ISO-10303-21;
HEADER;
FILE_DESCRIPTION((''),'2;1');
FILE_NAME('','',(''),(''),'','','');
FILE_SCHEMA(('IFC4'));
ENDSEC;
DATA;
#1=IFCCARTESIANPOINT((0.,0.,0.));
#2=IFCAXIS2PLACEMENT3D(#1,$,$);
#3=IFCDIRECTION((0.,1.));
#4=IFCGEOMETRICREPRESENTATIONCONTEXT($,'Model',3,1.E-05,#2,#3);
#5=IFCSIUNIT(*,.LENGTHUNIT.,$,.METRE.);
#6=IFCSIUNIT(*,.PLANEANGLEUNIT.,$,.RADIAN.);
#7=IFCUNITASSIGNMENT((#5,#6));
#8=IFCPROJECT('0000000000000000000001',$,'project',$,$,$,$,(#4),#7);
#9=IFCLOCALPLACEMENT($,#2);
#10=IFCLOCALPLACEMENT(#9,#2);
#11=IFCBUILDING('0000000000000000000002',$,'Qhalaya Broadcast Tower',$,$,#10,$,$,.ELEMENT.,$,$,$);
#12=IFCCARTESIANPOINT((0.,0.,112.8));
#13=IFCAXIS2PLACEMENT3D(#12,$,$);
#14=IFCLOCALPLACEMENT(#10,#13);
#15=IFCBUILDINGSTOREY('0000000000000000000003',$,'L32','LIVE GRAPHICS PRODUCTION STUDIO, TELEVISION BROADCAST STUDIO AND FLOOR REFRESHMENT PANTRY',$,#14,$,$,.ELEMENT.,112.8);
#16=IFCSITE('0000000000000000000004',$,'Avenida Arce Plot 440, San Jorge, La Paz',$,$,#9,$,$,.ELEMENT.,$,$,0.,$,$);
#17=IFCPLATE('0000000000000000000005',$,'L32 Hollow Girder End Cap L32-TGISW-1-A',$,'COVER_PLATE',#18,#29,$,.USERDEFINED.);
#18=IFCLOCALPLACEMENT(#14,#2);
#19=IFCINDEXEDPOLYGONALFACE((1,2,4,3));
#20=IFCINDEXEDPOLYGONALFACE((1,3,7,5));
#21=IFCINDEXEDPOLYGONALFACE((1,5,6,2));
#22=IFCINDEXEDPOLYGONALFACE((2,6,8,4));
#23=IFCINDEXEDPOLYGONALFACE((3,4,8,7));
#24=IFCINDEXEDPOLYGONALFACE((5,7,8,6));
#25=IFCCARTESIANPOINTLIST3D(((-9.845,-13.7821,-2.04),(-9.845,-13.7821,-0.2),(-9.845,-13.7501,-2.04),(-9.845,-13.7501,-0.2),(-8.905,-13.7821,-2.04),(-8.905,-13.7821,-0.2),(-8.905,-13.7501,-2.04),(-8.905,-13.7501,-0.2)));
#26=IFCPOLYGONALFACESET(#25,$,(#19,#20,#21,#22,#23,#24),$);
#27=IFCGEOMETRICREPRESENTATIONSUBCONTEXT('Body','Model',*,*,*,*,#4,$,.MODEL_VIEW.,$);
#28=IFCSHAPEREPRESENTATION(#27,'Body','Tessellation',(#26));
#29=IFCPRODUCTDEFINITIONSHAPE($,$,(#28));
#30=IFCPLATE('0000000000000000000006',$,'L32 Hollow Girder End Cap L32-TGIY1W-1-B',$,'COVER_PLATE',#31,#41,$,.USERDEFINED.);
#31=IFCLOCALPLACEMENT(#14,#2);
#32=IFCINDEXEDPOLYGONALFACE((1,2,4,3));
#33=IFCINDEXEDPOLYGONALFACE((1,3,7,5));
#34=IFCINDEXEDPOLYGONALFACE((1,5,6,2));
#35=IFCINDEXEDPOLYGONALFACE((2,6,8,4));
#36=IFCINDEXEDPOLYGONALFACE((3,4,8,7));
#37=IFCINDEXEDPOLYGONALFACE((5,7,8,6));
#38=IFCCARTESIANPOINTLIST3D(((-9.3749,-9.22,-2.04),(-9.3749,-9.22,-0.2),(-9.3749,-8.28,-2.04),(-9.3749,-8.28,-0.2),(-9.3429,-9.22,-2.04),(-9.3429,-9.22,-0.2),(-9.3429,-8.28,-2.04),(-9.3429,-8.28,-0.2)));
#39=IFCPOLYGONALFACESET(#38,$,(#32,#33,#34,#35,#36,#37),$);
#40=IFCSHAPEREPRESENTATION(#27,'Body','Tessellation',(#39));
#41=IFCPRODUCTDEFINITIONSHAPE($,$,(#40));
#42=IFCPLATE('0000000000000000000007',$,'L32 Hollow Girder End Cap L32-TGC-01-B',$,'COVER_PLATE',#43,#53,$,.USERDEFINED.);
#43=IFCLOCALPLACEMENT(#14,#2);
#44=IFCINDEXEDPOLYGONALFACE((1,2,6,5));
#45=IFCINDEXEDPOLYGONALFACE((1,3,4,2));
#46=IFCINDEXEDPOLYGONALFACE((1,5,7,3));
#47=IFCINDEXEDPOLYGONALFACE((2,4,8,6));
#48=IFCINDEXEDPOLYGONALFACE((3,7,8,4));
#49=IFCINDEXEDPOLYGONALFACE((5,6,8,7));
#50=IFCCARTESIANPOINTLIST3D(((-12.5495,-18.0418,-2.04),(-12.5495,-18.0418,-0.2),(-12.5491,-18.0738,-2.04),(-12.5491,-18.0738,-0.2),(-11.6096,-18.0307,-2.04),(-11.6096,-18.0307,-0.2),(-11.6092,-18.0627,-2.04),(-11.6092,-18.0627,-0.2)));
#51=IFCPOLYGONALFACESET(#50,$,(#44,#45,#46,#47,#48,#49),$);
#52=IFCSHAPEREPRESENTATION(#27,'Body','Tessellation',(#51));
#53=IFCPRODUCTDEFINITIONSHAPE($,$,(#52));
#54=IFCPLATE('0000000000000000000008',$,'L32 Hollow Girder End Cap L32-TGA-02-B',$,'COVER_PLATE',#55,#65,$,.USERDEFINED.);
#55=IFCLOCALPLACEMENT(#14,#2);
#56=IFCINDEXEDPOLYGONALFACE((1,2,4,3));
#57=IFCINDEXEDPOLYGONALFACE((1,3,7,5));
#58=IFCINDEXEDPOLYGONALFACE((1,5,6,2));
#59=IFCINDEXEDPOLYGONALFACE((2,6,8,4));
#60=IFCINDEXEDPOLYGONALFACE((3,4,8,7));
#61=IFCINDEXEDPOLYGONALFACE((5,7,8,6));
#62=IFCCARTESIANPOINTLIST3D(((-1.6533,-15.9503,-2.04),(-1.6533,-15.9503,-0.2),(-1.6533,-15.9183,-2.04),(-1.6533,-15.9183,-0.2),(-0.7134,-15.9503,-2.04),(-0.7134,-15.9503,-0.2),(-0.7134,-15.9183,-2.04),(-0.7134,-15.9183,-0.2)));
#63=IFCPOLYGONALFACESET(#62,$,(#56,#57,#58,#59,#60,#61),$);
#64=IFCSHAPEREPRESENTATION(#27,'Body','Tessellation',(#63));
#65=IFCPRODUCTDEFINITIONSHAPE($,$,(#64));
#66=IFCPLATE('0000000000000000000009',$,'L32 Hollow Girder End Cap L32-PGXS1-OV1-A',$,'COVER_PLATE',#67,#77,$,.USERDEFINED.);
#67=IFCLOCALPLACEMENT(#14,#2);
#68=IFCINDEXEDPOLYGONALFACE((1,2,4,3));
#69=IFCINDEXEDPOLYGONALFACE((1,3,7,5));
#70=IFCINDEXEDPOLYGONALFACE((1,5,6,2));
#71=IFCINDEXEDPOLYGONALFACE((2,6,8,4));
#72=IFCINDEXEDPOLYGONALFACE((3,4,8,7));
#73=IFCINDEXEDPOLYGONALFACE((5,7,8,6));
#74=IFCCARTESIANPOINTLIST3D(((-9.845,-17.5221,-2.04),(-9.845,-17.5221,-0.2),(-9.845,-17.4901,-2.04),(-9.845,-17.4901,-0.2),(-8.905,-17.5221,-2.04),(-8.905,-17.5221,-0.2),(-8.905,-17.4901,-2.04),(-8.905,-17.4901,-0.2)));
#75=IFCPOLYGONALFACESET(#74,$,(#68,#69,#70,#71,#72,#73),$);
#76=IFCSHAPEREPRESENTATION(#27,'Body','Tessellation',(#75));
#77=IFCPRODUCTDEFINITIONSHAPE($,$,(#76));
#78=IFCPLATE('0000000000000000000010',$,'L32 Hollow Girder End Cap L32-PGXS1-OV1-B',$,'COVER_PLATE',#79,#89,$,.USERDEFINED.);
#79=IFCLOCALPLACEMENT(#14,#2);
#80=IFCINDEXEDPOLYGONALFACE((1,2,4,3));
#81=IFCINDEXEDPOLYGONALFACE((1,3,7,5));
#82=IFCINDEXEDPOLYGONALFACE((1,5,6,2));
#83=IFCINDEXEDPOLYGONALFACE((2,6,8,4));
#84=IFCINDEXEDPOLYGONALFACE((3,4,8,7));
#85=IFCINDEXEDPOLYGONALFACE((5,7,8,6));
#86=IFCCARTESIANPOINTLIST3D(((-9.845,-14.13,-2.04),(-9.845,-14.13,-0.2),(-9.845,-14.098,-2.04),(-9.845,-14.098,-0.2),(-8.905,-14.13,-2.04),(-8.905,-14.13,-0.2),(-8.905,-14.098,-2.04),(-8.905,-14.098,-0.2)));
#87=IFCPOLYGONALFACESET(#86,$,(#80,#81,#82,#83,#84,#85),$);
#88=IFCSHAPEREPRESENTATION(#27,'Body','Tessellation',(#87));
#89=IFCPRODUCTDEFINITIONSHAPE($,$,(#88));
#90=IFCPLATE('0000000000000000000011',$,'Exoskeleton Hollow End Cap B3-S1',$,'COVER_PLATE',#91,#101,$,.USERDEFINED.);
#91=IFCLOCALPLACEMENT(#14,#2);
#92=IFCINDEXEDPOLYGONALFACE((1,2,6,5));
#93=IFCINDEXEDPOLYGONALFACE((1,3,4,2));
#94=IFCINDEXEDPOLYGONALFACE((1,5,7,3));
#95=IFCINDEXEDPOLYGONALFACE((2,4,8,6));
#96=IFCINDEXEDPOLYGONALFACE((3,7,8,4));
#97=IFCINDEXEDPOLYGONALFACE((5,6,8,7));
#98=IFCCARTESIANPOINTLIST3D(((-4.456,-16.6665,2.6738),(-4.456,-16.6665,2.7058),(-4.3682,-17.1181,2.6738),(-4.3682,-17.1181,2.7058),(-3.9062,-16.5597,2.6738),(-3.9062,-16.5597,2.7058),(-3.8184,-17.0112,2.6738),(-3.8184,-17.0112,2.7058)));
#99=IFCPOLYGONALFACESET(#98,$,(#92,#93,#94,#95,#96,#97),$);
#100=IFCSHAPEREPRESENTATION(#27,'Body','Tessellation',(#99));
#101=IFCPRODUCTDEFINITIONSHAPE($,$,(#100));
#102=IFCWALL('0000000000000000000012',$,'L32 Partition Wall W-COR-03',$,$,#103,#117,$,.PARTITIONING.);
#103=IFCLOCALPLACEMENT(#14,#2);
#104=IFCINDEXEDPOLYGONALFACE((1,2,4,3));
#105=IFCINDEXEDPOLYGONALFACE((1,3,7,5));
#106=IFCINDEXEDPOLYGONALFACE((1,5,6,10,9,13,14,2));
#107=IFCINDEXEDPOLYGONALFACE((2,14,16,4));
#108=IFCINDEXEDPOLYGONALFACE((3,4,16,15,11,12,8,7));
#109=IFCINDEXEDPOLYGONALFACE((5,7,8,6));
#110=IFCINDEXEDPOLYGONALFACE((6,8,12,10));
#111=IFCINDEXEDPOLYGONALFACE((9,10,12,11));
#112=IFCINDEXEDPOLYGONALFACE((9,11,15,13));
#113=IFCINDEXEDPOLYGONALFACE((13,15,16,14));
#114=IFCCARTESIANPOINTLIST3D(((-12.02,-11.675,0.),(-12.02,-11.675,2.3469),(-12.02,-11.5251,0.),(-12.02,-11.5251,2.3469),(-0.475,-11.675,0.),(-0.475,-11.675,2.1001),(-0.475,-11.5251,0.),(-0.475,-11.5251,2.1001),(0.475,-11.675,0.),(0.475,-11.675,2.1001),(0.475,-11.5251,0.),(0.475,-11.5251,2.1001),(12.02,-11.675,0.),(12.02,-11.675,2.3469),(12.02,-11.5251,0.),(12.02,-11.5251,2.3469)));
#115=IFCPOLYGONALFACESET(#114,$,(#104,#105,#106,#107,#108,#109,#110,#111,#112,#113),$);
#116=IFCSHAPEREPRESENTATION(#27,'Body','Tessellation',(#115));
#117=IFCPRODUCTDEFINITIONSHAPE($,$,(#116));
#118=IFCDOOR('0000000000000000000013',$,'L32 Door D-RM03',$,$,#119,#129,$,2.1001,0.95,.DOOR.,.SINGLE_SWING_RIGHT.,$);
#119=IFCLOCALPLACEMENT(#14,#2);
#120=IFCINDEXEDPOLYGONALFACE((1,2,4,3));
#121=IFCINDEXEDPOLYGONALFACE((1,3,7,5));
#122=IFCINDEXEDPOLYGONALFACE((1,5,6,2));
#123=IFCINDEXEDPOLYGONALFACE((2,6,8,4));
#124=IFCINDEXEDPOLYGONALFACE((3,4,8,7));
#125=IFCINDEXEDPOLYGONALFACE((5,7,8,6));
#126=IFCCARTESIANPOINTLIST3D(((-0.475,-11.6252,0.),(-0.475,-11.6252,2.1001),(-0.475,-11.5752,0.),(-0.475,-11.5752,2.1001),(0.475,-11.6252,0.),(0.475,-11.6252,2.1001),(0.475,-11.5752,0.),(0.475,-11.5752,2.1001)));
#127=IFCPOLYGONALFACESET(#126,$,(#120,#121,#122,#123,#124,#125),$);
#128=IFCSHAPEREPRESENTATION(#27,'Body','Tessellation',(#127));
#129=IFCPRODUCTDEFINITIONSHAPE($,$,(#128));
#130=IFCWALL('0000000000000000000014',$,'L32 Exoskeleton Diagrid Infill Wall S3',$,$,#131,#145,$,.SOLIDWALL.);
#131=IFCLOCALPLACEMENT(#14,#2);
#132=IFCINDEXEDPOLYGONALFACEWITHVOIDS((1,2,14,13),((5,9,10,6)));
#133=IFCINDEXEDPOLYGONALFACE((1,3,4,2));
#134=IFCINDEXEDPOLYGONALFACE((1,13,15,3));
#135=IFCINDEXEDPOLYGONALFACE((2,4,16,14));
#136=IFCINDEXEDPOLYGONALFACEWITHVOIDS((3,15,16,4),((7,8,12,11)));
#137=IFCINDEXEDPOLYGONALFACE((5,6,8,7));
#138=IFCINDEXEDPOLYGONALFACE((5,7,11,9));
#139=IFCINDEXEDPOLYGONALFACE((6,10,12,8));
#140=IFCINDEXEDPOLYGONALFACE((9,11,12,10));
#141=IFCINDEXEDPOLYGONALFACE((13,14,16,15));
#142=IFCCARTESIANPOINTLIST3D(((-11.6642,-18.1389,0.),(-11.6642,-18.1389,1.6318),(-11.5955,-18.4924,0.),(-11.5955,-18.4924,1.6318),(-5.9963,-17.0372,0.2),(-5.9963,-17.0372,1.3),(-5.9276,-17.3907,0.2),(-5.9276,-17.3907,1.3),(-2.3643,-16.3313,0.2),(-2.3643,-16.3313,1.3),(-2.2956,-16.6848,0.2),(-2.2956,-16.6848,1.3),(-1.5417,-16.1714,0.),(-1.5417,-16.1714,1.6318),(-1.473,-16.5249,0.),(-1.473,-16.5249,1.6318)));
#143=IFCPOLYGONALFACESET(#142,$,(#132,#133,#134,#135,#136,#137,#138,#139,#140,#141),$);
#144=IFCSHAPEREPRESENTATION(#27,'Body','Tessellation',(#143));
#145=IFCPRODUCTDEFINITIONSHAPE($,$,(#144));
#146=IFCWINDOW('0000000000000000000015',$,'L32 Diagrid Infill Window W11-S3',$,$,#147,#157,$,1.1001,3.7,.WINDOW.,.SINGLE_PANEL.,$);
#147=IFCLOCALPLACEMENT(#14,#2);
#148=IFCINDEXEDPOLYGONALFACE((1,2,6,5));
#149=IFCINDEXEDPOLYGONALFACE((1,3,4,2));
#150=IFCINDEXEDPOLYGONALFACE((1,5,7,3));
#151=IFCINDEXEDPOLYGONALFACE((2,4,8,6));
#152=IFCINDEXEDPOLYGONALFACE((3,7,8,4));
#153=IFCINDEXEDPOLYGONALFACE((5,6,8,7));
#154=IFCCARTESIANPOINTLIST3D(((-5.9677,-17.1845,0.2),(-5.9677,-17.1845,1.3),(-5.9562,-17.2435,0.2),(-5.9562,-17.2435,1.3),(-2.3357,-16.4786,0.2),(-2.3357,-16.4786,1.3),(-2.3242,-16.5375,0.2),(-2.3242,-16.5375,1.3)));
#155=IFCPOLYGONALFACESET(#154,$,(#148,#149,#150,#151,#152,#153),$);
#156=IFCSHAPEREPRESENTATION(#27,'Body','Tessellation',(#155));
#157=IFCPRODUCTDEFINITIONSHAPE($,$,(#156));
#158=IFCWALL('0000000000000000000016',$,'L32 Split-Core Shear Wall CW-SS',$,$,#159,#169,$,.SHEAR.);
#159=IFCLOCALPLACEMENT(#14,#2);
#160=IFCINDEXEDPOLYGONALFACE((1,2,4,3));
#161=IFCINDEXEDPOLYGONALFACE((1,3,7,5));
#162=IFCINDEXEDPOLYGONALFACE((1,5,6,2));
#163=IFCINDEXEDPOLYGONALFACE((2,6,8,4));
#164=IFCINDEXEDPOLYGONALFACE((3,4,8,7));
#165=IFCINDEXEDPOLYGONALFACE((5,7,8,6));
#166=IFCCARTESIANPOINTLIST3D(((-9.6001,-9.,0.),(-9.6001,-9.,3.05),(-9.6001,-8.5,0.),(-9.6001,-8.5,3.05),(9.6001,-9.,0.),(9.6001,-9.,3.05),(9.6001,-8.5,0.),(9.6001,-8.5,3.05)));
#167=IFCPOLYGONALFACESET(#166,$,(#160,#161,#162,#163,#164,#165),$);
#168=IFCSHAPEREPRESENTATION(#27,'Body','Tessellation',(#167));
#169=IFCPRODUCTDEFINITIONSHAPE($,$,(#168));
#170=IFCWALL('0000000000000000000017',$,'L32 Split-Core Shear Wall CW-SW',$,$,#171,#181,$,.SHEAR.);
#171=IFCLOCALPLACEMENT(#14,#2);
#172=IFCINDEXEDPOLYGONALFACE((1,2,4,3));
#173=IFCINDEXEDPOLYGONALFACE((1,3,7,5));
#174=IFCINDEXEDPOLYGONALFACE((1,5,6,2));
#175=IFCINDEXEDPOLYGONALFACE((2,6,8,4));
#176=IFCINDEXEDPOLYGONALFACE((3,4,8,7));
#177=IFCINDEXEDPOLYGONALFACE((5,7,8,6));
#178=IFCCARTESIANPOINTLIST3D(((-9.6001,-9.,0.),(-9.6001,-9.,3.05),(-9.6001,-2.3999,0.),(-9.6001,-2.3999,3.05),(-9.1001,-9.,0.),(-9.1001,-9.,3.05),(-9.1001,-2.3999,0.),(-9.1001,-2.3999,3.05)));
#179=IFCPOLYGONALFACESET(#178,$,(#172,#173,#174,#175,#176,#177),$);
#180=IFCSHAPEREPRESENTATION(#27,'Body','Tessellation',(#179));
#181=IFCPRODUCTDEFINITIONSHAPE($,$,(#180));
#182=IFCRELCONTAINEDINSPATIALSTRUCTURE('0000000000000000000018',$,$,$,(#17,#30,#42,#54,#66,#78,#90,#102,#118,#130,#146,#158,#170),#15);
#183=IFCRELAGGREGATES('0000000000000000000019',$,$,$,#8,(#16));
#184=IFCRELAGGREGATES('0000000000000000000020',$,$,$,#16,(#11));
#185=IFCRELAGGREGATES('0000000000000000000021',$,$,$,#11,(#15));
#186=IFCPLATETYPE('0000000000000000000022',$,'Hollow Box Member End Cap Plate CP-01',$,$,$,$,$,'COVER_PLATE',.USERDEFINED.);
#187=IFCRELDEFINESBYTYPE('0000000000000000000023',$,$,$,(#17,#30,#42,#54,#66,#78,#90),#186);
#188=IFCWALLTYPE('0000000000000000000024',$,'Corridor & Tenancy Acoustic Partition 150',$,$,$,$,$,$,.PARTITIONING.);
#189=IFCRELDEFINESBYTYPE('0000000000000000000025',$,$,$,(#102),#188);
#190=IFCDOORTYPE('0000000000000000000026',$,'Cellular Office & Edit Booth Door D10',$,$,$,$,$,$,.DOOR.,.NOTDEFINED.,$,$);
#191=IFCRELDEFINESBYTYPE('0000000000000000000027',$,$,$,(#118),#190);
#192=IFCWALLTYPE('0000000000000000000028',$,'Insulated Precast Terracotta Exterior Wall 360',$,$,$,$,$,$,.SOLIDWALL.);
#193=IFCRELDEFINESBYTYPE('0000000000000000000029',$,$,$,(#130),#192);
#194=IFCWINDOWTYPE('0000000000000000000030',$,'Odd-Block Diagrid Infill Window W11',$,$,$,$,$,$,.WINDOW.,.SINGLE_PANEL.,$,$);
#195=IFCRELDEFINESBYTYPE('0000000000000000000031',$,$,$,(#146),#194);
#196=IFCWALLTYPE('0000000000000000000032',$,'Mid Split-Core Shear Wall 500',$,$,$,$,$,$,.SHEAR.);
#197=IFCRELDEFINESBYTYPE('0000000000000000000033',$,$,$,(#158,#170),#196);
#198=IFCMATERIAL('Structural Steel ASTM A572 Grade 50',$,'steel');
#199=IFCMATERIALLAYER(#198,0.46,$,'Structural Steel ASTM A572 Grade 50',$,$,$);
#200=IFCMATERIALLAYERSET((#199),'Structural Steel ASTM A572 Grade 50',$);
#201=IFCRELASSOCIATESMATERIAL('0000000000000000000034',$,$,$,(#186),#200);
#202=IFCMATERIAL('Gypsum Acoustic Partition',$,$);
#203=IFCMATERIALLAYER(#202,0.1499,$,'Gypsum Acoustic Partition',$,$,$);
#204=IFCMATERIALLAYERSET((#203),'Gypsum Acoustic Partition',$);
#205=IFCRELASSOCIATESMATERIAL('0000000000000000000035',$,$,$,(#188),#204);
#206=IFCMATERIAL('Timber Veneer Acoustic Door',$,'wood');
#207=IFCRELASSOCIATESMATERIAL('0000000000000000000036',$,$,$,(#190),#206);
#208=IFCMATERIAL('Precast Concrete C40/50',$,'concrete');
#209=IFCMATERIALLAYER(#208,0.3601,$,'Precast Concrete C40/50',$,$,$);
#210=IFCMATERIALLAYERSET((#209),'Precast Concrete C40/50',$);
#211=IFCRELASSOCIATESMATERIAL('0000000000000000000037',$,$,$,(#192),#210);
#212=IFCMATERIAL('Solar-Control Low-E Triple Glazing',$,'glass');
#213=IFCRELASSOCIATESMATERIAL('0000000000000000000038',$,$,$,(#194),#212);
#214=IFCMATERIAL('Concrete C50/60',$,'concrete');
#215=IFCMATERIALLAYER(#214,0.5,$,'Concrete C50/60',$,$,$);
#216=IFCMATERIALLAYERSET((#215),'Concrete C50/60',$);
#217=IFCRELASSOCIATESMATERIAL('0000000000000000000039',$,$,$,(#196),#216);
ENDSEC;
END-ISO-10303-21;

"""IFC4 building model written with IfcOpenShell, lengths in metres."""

from ifc_helpers import new_model, si_unit, direction, frame, frame_2d, origin, origin_2d, place, context, subcontext, project, spatial, rectangle, extrude, material, layer, layer_set, type_object, element, fill, save


model = new_model("IFC4")

# Units and contexts
model_context = context("Model", 3, precision=1e-05, world=origin(), true_north=direction((0.0, 1.0)))
body_context = subcontext(model_context, "Body", "Model", "MODEL_VIEW")
ifc_project = project(units=[si_unit("LENGTHUNIT", "METRE"), si_unit("PLANEANGLEUNIT", "RADIAN")], contexts=[model_context])

# Site, building, storey
site_placement = place(None, origin())
site = spatial("IfcSite", under=ifc_project, at=site_placement, Name="Avenida Arce Plot 440, San Jorge, La Paz", CompositionType="ELEMENT", RefElevation=0.0)
building_placement = place(site_placement, origin())
building = spatial("IfcBuilding", under=site, at=building_placement, Name="Qhalaya Broadcast Tower", CompositionType="ELEMENT")
storey_placement = place(building_placement, frame((0.0, 0.0, 112.8)))
storey = spatial("IfcBuildingStorey", under=building, at=storey_placement, Name="L32", Description="LIVE GRAPHICS PRODUCTION STUDIO, TELEVISION BROADCAST STUDIO AND FLOOR REFRESHMENT PANTRY", CompositionType="ELEMENT", Elevation=112.8)

# Shared definitions
ifc_material_1 = material(Name="Concrete C50/60", Category="concrete")

# Shared definitions
ifc_material_2 = material(Name="Structural Steel ASTM A572 Grade 50", Category="steel")

# Plates
ifc_layer_1 = layer(ifc_material_2, 0.46, Name="Structural Steel ASTM A572 Grade 50")
ifc_layer_set_1 = layer_set([ifc_layer_1], Name="Structural Steel ASTM A572 Grade 50")
plate_type_1 = type_object("IfcPlateType", Name="Hollow Box Member End Cap Plate CP-01", ElementType="COVER_PLATE", PredefinedType="USERDEFINED", material=ifc_layer_set_1)
for number, where, z_axis, x_axis, name in (
    (1, (-9.375, -13.7661, -2.04), (0.0, 0.0, 1.0), (-1.0, 0.0, 0.0), "L32 Hollow Girder End Cap L32-TGISW-1-A"),
    (2, (-9.3589, -8.75, -2.04), (0.0, 0.0, 1.0), (0.0, 1.0, 0.0), "L32 Hollow Girder End Cap L32-TGIY1W-1-B"),
    (3, (-12.0793, -18.0522, -2.04), (0.0, 0.0, 1.0), (0.999929, 0.011885, 0.0), "L32 Hollow Girder End Cap L32-TGC-01-B"),
    (4, (-1.1833, -15.9343, -2.04), (0.0, 0.0, 1.0), (1.0, 0.0, 0.0), "L32 Hollow Girder End Cap L32-TGA-02-B"),
    (5, (-9.375, -17.5061, -2.04), (0.0, 0.0, 1.0), (-1.0, 0.0, 0.0), "L32 Hollow Girder End Cap L32-PGXS1-OV1-A"),
    (6, (-9.375, -14.114, -2.04), (0.0, 0.0, 1.0), (-1.0, 0.0, 0.0), "L32 Hollow Girder End Cap L32-PGXS1-OV1-B"),
):
    element("IfcPlate", number, at=place(storey_placement, frame(where, z_axis=z_axis, x_axis=x_axis)), inside=storey, type_object=plate_type_1, Name=name, ObjectType="COVER_PLATE", PredefinedType="USERDEFINED", context=body_context, shape_type="SweptSolid", body=[
        extrude(rectangle(XDim=0.9399, YDim=0.032, at=origin_2d()), origin(), (0.0, 0.0, 1.0), 1.8401),
    ])
plate_1_placement = place(storey_placement, frame((-4.1372, -16.8389, 2.6738), z_axis=(0.0, 0.0, 1.0), x_axis=(0.981627, 0.190809, 0.0)))
element("IfcPlate", 7, at=plate_1_placement, inside=storey, type_object=plate_type_1, Name="Exoskeleton Hollow End Cap B3-S1", ObjectType="COVER_PLATE", PredefinedType="USERDEFINED", context=body_context, shape_type="SweptSolid", body=[
    extrude(rectangle(XDim=0.5601, YDim=0.46, at=origin_2d()), origin(), (0.0, 0.0, 1.0), 0.032),
])

# Wall, opening, door
ifc_material_3 = material(Name="Gypsum Acoustic Partition")
ifc_layer_2 = layer(ifc_material_3, 0.1499, Name="Gypsum Acoustic Partition")
ifc_layer_set_2 = layer_set([ifc_layer_2], Name="Gypsum Acoustic Partition")
wall_type_1 = type_object("IfcWallType", Name="Corridor & Tenancy Acoustic Partition 150", PredefinedType="PARTITIONING", material=ifc_layer_set_2)
wall_1_placement = place(storey_placement, frame((-12.02, -11.6001, 0.0), z_axis=(0.0, 0.0, 1.0), x_axis=(1.0, 0.0, 0.0)))
wall_1 = element("IfcWall", 8, at=wall_1_placement, inside=storey, type_object=wall_type_1, Name="L32 Partition Wall W-COR-03", PredefinedType="PARTITIONING", context=body_context, shape_type="SweptSolid", body=[
    extrude(rectangle(XDim=24.04, YDim=0.1499, at=frame_2d((12.02, 0.0))), origin(), (0.0, 0.0, 1.0), 2.3469),
])
opening_1_placement = place(wall_1_placement, frame((11.5449, 0.0, 0.0)))
opening_1 = element("IfcOpeningElement", 9, at=opening_1_placement, cuts=wall_1, PredefinedType="OPENING", context=body_context, shape_type="SweptSolid", body=[
    extrude(rectangle(XDim=0.95, YDim=2.1001, at=frame_2d((0.4751, 1.05))), frame((0.0, 0.0869, 0.0), z_axis=(0.0, -1.0, 0.0), x_axis=(1.0, 0.0, 0.0)), (0.0, 0.0, 1.0), 0.1738),
])
ifc_material_4 = material(Name="Timber Veneer Acoustic Door", Category="wood")
door_type = type_object("IfcDoorType", Name="Cellular Office & Edit Booth Door D10", OperationType="NOTDEFINED", PredefinedType="DOOR", material=ifc_material_4)
door_placement = place(opening_1_placement, origin())
door = element("IfcDoor", 10, at=door_placement, inside=storey, type_object=door_type, Name="L32 Door D-RM03", OperationType="SINGLE_SWING_RIGHT", OverallHeight=2.1001, OverallWidth=0.95, PredefinedType="DOOR", context=body_context, shape_type="SweptSolid", body=[
    extrude(rectangle(XDim=0.95, YDim=2.1001, at=frame_2d((0.4751, 1.05))), frame((0.0, 0.0249, 0.0), z_axis=(0.0, -1.0, 0.0), x_axis=(1.0, 0.0, 0.0)), (0.0, 0.0, 1.0), 0.05),
])
fill(opening_1, door)

# Wall, opening, window
ifc_material_5 = material(Name="Precast Concrete C40/50", Category="concrete")
ifc_layer_3 = layer(ifc_material_5, 0.3601, Name="Precast Concrete C40/50")
ifc_layer_set_3 = layer_set([ifc_layer_3], Name="Precast Concrete C40/50")
wall_type_2 = type_object("IfcWallType", Name="Insulated Precast Terracotta Exterior Wall 360", PredefinedType="SOLIDWALL", material=ifc_layer_set_3)
wall_2_placement = place(storey_placement, frame((-1.5073, -16.3481, 0.0), z_axis=(0.0, 0.0, 1.0), x_axis=(-0.981629, -0.1908, 0.0)))
wall_2 = element("IfcWall", 11, at=wall_2_placement, inside=storey, type_object=wall_type_2, Name="L32 Exoskeleton Diagrid Infill Wall S3", PredefinedType="SOLIDWALL", context=body_context, shape_type="SweptSolid", body=[
    extrude(rectangle(XDim=10.312, YDim=0.3601, at=frame_2d((5.156, 0.0))), origin(), (0.0, 0.0, 1.0), 1.6318),
])
opening_2_placement = place(wall_2_placement, frame((0.8379, 0.0, 0.2)))
opening_2 = element("IfcOpeningElement", 12, at=opening_2_placement, cuts=wall_2, PredefinedType="OPENING", context=body_context, shape_type="SweptSolid", body=[
    extrude(rectangle(XDim=3.7, YDim=1.1001, at=frame_2d((1.8501, 0.55))), frame((0.0, 0.1921, 0.0), z_axis=(0.0, -1.0, 0.0), x_axis=(1.0, 0.0, 0.0)), (0.0, 0.0, 1.0), 0.384),
])
ifc_material_6 = material(Name="Solar-Control Low-E Triple Glazing", Category="glass")
window_type = type_object("IfcWindowType", Name="Odd-Block Diagrid Infill Window W11", PartitioningType="SINGLE_PANEL", PredefinedType="WINDOW", material=ifc_material_6)
window_placement = place(opening_2_placement, origin())
window = element("IfcWindow", 13, at=window_placement, inside=storey, type_object=window_type, Name="L32 Diagrid Infill Window W11-S3", OverallHeight=1.1001, OverallWidth=3.7, PartitioningType="SINGLE_PANEL", PredefinedType="WINDOW", context=body_context, shape_type="SweptSolid", body=[
    extrude(rectangle(XDim=3.7, YDim=1.1001, at=frame_2d((1.8501, 0.55))), frame((0.0, 0.03, 0.0), z_axis=(0.0, -1.0, 0.0), x_axis=(1.0, 0.0, 0.0)), (0.0, 0.0, 1.0), 0.0601),
])
fill(opening_2, window)

# Walls
ifc_layer_4 = layer(ifc_material_1, 0.5, Name="Concrete C50/60")
ifc_layer_set_4 = layer_set([ifc_layer_4], Name="Concrete C50/60")
wall_type_3 = type_object("IfcWallType", Name="Mid Split-Core Shear Wall 500", PredefinedType="SHEAR", material=ifc_layer_set_4)
wall_3_placement = place(storey_placement, frame((-9.6001, -8.75, 0.0), z_axis=(0.0, 0.0, 1.0), x_axis=(1.0, 0.0, 0.0)))
element("IfcWall", 14, at=wall_3_placement, inside=storey, type_object=wall_type_3, Name="L32 Split-Core Shear Wall CW-SS", PredefinedType="SHEAR", context=body_context, shape_type="SweptSolid", body=[
    extrude(rectangle(XDim=19.2002, YDim=0.5, at=frame_2d((9.6001, 0.0))), origin(), (0.0, 0.0, 1.0), 3.05),
])
wall_4_placement = place(storey_placement, frame((-9.3501, -9.0, 0.0), z_axis=(0.0, 0.0, 1.0), x_axis=(0.0, 1.0, 0.0)))
element("IfcWall", 15, at=wall_4_placement, inside=storey, type_object=wall_type_3, Name="L32 Split-Core Shear Wall CW-SW", PredefinedType="SHEAR", context=body_context, shape_type="SweptSolid", body=[
    extrude(rectangle(XDim=6.6001, YDim=0.5, at=frame_2d((3.3, 0.0))), origin(), (0.0, 0.0, 1.0), 3.05),
])

save(model, "model.ifc")
